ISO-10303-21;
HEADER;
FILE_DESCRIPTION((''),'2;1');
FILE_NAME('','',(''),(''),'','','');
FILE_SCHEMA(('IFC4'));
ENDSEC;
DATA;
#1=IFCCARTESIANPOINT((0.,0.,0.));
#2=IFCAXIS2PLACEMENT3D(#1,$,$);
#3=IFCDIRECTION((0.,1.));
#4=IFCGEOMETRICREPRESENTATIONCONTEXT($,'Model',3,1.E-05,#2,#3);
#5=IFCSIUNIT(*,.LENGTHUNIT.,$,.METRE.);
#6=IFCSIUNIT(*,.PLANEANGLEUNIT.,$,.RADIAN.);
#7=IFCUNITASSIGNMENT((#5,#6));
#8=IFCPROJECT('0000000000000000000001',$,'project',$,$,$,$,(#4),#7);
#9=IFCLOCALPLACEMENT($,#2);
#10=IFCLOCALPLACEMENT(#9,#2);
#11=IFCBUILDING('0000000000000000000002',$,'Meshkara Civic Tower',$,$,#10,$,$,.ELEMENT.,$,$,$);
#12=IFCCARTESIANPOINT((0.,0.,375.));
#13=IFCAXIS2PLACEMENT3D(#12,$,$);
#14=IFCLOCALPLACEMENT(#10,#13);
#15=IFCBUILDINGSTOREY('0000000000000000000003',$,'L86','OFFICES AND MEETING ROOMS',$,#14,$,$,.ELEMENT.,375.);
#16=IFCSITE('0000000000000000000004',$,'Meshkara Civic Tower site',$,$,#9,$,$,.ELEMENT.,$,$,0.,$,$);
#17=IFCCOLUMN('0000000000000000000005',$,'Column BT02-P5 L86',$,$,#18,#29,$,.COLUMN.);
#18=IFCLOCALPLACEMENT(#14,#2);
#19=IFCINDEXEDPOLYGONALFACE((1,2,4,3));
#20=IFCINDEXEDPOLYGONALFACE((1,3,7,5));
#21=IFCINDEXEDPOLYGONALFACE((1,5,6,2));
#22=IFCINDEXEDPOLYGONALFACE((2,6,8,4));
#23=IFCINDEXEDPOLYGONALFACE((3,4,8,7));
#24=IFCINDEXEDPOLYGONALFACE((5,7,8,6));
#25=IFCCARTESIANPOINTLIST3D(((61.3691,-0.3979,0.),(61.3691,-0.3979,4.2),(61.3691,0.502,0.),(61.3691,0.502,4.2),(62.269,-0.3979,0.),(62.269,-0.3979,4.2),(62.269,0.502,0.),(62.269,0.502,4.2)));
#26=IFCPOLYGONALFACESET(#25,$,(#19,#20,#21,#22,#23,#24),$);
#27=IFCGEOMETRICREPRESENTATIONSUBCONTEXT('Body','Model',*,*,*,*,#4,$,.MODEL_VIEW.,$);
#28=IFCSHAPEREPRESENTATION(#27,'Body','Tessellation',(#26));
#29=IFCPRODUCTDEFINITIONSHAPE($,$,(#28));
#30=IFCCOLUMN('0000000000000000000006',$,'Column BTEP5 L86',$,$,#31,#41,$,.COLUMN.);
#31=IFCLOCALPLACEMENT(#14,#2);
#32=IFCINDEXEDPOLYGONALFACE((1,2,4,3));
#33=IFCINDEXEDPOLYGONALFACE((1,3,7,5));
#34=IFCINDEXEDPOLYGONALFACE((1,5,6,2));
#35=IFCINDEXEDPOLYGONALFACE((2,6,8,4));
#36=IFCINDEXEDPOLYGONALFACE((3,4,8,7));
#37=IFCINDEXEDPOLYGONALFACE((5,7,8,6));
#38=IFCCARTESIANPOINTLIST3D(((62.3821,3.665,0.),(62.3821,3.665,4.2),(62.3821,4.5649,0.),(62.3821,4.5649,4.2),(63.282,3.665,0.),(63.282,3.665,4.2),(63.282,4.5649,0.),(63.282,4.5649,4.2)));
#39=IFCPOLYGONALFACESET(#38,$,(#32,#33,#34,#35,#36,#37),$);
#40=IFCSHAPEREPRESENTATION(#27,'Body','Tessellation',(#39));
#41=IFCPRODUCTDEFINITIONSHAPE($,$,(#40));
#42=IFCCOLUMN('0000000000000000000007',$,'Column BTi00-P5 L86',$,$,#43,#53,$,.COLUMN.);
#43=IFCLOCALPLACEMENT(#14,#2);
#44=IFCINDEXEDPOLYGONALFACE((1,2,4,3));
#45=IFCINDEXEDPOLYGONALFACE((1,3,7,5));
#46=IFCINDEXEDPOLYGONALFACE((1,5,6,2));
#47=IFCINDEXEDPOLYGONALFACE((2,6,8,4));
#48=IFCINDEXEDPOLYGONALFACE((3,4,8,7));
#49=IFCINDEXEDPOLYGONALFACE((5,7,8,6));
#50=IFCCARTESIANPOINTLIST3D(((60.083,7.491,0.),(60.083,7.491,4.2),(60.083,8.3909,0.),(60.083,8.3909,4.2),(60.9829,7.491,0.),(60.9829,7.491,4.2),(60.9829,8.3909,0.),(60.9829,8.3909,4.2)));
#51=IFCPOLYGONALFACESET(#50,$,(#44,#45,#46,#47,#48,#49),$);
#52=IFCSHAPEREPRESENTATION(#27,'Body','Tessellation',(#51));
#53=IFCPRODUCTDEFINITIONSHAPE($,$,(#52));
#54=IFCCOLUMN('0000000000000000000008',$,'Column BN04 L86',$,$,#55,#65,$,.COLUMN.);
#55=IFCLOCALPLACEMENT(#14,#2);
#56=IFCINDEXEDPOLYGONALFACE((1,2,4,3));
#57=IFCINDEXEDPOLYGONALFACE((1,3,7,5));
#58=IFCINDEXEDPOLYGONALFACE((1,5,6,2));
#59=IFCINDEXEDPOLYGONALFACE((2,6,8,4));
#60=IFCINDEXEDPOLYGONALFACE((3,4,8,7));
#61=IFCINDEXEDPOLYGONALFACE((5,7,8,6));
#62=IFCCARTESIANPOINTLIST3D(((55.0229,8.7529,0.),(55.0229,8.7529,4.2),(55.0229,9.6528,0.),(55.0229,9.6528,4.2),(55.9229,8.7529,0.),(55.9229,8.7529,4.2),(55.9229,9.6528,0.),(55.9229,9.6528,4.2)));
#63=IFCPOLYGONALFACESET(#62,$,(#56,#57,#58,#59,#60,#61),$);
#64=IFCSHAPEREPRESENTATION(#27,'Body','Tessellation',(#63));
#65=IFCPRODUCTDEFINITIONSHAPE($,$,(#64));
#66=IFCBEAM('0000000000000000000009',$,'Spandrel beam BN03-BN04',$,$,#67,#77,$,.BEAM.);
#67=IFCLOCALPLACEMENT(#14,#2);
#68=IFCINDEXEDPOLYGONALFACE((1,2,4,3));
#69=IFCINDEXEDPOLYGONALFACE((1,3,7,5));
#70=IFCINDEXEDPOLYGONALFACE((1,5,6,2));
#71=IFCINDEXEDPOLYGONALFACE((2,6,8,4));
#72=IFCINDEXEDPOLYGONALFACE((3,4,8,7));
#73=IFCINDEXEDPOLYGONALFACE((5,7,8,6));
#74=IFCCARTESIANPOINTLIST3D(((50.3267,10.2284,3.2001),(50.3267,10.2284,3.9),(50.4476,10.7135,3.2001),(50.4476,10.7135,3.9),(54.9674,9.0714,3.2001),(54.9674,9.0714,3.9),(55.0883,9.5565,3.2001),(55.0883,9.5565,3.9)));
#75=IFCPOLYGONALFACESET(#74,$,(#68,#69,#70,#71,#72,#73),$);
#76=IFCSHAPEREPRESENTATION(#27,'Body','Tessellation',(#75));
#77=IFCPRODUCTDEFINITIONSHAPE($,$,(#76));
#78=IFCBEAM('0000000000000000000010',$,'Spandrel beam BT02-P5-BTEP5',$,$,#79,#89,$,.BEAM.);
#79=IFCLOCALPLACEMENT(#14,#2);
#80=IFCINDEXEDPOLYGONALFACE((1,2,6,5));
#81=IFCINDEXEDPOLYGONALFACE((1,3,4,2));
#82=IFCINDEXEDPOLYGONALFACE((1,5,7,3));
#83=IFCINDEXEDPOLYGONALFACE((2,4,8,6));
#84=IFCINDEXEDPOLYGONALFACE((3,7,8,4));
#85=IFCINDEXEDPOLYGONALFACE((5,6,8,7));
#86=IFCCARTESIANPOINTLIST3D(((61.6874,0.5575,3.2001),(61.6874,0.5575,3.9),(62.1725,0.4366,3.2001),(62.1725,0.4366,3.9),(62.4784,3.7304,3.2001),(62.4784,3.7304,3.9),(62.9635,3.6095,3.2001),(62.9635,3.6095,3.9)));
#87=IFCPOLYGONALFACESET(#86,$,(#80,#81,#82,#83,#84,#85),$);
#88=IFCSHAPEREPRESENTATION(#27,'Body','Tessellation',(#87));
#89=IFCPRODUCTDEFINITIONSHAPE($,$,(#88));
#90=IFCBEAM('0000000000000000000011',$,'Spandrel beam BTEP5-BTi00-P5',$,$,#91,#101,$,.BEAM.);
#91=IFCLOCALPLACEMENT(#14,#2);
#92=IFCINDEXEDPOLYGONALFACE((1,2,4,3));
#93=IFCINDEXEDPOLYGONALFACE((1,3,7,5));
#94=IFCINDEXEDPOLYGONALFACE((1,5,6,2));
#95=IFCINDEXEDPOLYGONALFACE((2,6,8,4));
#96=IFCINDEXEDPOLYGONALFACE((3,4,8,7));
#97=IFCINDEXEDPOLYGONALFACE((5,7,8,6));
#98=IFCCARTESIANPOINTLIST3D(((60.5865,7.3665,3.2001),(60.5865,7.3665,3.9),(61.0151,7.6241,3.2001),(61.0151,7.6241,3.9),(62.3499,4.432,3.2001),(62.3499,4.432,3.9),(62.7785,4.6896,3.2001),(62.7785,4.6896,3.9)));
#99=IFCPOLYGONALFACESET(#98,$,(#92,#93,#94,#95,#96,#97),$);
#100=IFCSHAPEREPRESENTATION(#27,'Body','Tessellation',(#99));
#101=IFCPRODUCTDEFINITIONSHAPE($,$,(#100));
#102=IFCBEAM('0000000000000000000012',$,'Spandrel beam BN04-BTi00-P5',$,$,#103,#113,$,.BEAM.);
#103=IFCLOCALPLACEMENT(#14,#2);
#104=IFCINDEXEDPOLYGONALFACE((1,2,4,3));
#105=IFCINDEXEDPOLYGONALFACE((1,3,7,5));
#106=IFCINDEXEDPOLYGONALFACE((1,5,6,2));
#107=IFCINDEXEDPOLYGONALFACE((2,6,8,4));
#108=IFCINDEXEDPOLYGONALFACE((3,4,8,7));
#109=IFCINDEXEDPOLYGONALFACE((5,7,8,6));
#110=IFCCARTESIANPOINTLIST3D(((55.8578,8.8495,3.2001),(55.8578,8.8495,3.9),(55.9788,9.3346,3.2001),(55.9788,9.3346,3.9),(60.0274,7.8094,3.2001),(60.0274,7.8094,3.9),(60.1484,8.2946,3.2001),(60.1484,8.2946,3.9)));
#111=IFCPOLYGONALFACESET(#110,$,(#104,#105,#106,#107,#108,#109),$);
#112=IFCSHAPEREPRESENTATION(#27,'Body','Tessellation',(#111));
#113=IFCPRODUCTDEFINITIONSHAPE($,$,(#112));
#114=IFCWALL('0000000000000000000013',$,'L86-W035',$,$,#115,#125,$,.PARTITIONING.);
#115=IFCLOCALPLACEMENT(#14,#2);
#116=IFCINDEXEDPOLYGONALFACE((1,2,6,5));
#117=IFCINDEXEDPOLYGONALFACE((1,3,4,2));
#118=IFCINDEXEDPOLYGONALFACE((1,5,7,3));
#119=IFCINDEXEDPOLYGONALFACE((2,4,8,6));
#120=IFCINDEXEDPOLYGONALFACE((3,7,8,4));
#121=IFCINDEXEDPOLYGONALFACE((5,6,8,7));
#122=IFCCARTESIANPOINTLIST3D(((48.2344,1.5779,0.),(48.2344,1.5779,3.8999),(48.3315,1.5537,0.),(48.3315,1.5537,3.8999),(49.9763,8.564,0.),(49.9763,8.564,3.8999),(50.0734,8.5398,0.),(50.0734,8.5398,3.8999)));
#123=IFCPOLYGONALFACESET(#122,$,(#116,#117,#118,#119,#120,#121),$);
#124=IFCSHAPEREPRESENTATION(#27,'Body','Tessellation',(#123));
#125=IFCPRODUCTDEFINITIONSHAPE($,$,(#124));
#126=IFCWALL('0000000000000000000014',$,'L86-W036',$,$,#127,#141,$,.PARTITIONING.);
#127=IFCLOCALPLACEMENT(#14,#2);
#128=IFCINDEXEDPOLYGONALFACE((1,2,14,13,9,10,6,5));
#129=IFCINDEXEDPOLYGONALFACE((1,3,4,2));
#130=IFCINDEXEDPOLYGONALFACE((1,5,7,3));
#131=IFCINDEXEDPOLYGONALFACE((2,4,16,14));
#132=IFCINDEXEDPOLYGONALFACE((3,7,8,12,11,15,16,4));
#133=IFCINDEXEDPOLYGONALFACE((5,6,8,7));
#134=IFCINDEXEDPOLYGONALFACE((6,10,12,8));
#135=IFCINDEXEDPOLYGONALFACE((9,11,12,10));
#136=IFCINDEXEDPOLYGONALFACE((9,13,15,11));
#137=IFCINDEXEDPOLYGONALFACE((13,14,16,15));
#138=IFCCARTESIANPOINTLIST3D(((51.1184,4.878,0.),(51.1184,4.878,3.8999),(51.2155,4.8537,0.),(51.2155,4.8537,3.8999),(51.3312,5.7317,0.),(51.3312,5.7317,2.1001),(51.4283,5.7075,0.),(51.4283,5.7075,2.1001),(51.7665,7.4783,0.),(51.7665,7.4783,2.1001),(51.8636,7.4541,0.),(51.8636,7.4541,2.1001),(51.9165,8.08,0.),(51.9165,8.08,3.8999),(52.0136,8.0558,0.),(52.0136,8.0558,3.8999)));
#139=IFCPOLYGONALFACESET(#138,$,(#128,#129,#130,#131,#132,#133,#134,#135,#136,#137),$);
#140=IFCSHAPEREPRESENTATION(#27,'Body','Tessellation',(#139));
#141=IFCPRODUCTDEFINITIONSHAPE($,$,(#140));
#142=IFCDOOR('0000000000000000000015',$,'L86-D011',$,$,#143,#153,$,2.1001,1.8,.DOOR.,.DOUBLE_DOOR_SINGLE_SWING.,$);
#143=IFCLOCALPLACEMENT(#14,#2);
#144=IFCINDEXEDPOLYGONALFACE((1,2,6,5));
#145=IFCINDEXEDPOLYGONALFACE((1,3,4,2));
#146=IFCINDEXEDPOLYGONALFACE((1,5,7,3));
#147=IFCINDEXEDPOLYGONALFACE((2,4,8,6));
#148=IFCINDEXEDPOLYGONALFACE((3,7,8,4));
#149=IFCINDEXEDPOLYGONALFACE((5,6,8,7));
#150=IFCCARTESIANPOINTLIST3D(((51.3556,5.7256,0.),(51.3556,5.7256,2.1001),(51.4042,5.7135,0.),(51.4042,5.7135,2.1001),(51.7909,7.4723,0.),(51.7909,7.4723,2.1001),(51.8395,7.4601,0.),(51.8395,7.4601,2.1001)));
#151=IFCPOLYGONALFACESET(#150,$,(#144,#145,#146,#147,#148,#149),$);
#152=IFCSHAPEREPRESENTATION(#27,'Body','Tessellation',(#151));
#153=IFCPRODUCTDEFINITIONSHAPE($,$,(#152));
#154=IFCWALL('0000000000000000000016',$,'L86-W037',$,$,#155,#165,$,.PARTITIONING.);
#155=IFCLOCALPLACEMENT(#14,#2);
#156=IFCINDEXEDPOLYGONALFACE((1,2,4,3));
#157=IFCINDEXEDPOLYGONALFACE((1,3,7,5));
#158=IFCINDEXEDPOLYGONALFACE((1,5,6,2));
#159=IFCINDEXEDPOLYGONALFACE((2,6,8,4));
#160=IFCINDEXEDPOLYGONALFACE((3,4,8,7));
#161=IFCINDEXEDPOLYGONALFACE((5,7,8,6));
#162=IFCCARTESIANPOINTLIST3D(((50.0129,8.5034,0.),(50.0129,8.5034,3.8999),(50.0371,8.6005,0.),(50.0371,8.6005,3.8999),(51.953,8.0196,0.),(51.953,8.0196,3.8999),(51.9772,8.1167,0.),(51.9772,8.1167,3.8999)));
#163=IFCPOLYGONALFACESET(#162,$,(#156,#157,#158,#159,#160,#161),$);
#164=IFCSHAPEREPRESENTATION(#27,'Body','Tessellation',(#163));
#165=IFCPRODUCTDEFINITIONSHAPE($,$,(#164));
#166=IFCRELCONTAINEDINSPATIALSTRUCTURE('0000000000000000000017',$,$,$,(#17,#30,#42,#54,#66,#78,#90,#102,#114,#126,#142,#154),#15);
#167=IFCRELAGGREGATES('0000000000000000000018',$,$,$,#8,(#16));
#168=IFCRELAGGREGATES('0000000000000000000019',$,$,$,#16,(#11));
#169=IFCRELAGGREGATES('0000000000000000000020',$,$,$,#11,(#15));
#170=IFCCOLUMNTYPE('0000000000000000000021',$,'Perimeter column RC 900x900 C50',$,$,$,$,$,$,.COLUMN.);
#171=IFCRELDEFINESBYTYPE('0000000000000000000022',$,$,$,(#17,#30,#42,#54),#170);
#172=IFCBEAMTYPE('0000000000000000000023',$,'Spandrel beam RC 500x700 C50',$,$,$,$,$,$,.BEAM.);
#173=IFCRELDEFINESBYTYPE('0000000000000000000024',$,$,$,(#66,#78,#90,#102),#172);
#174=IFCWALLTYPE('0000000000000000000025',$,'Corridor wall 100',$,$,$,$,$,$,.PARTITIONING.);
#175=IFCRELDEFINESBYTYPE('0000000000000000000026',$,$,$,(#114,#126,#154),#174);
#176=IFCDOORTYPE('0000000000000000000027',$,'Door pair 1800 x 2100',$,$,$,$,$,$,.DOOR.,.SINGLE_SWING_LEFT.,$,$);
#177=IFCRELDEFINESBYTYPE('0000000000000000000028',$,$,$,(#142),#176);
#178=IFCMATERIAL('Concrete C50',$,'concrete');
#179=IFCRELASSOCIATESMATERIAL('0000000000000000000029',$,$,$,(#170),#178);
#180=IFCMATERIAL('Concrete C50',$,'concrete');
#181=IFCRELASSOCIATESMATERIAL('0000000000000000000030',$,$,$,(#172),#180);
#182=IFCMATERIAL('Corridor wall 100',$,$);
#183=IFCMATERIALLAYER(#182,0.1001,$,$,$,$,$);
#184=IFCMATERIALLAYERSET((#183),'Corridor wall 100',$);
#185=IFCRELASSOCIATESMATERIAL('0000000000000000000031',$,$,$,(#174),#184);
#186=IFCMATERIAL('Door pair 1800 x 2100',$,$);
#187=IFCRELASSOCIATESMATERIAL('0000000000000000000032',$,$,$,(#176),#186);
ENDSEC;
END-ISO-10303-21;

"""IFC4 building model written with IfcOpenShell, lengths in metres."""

from ifc_helpers import new_model, si_unit, direction, frame, frame_2d, origin, origin_2d, place, context, subcontext, project, spatial, rectangle, extrude, material, layer, layer_set, material_profile, profile_set, type_object, element, fill, save


model = new_model("IFC4")

# Units and contexts
model_context = context("Model", 3, precision=1e-05, world=origin(), true_north=direction((0.0, 1.0)))
body_context = subcontext(model_context, "Body", "Model", "MODEL_VIEW")
ifc_project = project(units=[si_unit("LENGTHUNIT", "METRE"), si_unit("PLANEANGLEUNIT", "RADIAN")], contexts=[model_context])

# Site, building, storey
site_placement = place(None, origin())
site = spatial("IfcSite", under=ifc_project, at=site_placement, Name="Meshkara Civic Tower site", CompositionType="ELEMENT", RefElevation=0.0)
building_placement = place(site_placement, origin())
building = spatial("IfcBuilding", under=site, at=building_placement, Name="Meshkara Civic Tower", CompositionType="ELEMENT")
storey_placement = place(building_placement, frame((0.0, 0.0, 375.0)))
storey = spatial("IfcBuildingStorey", under=building, at=storey_placement, Name="L86", Description="OFFICES AND MEETING ROOMS", CompositionType="ELEMENT", Elevation=375.0)

# Columns
ifc_material_1 = material(Name="Concrete C50", Category="concrete")
ifc_material_profile_1 = material_profile(ifc_material_1, rectangle(XDim=0.8999, YDim=0.8999, at=origin_2d()))
ifc_profile_set_1 = profile_set([ifc_material_profile_1], Name="Concrete C50")
column_type = type_object("IfcColumnType", Name="Perimeter column RC 900x900 C50", PredefinedType="COLUMN", material=ifc_profile_set_1)
for number, where, z_axis, x_axis, name in (
    (1, (61.8191, 0.052, 0.0), (0.0, 0.0, 1.0), (1.0, 0.0, 0.0), "Column BT02-P5 L86"),
    (2, (62.832, 4.115, 0.0), (0.0, 0.0, 1.0), (1.0, 0.0, 0.0), "Column BTEP5 L86"),
    (3, (60.533, 7.9409, 0.0), (0.0, 0.0, 1.0), (1.0, 0.0, 0.0), "Column BTi00-P5 L86"),
    (4, (55.4729, 9.2029, 0.0), (0.0, 0.0, 1.0), (1.0, 0.0, 0.0), "Column BN04 L86"),
):
    element("IfcColumn", number, at=place(storey_placement, frame(where, z_axis=z_axis, x_axis=x_axis)), inside=storey, type_object=column_type, Name=name, PredefinedType="COLUMN", context=body_context, shape_type="SweptSolid", body=[
        extrude(rectangle(XDim=0.8999, YDim=0.8999, at=origin_2d()), origin(), (0.0, 0.0, 1.0), 4.2),
    ])

# Beams
ifc_material_2 = material(Name="Concrete C50", Category="concrete")
ifc_material_profile_2 = material_profile(ifc_material_2, rectangle(XDim=0.5, YDim=0.7, at=origin_2d()))
ifc_profile_set_2 = profile_set([ifc_material_profile_2], Name="Concrete C50")
beam_type = type_object("IfcBeamType", Name="Spandrel beam RC 500x700 C50", PredefinedType="BEAM", material=ifc_profile_set_2)
beam_1_placement = place(storey_placement, frame((55.0278, 9.314, 3.55), z_axis=(-0.970298, 0.241911, 0.0), x_axis=(-0.241911, -0.970298, 0.0)))
element("IfcBeam", 5, at=beam_1_placement, inside=storey, type_object=beam_type, Name="Spandrel beam BN03-BN04", PredefinedType="BEAM", context=body_context, shape_type="SweptSolid", body=[
    extrude(rectangle(XDim=0.5, YDim=0.7, at=origin_2d()), origin(), (0.0, 0.0, 1.0), 4.7827),
])
beam_2_placement = place(storey_placement, frame((61.9299, 0.4971, 3.55), z_axis=(0.241903, 0.9703, 0.0), x_axis=(-0.9703, 0.241903, 0.0)))
element("IfcBeam", 6, at=beam_2_placement, inside=storey, type_object=beam_type, Name="Spandrel beam BT02-P5-BTEP5", PredefinedType="BEAM", context=body_context, shape_type="SweptSolid", body=[
    extrude(rectangle(XDim=0.5, YDim=0.7, at=origin_2d()), origin(), (0.0, 0.0, 1.0), 3.27),
])
beam_3_placement = place(storey_placement, frame((62.5642, 4.5608, 3.55), z_axis=(-0.515072, 0.857147, 0.0), x_axis=(-0.857147, -0.515072, 0.0)))
element("IfcBeam", 7, at=beam_3_placement, inside=storey, type_object=beam_type, Name="Spandrel beam BTEP5-BTi00-P5", PredefinedType="BEAM", context=body_context, shape_type="SweptSolid", body=[
    extrude(rectangle(XDim=0.5, YDim=0.7, at=origin_2d()), origin(), (0.0, 0.0, 1.0), 3.4236),
])
beam_4_placement = place(storey_placement, frame((60.0879, 8.052, 3.55), z_axis=(-0.970273, 0.242014, 0.0), x_axis=(-0.242014, -0.970273, 0.0)))
element("IfcBeam", 8, at=beam_4_placement, inside=storey, type_object=beam_type, Name="Spandrel beam BN04-BTi00-P5", PredefinedType="BEAM", context=body_context, shape_type="SweptSolid", body=[
    extrude(rectangle(XDim=0.5, YDim=0.7, at=origin_2d()), origin(), (0.0, 0.0, 1.0), 4.2974),
])

# Wall
ifc_material_3 = material(Name="Corridor wall 100")
ifc_layer_1 = layer(ifc_material_3, 0.1001)
ifc_layer_set_1 = layer_set([ifc_layer_1], Name="Corridor wall 100")
wall_type_1 = type_object("IfcWallType", Name="Corridor wall 100", PredefinedType="PARTITIONING", material=ifc_layer_set_1)
wall_1_placement = place(storey_placement, frame((50.0249, 8.552, 0.0), z_axis=(0.0, 0.0, 1.0), x_axis=(-0.241937, -0.970292, 0.0)))
element("IfcWall", 9, at=wall_1_placement, inside=storey, type_object=wall_type_1, Name="L86-W035", PredefinedType="PARTITIONING", context=body_context, shape_type="SweptSolid", body=[
    extrude(rectangle(XDim=7.2, YDim=0.1001, at=frame_2d((3.6001, 0.0))), origin(), (0.0, 0.0, 1.0), 3.8999),
])

# Wall, opening, door
wall_2_placement = place(storey_placement, frame((51.167, 4.866, 0.0), z_axis=(0.0, 0.0, 1.0), x_axis=(0.241839, 0.970316, 0.0)))
wall_2 = element("IfcWall", 10, at=wall_2_placement, inside=storey, type_object=wall_type_1, Name="L86-W036", PredefinedType="PARTITIONING", context=body_context, shape_type="SweptSolid", body=[
    extrude(rectangle(XDim=3.3, YDim=0.1001, at=frame_2d((1.6499, 0.0))), origin(), (0.0, 0.0, 1.0), 3.8999),
])
opening_1_placement = place(wall_2_placement, frame((0.8799, 0.0, 0.0)))
opening_1 = element("IfcOpeningElement", 11, at=opening_1_placement, cuts=wall_2, PredefinedType="OPENING", context=body_context, shape_type="SweptSolid", body=[
    extrude(rectangle(XDim=1.8, YDim=2.1001, at=frame_2d((0.8999, 1.05))), frame((0.0, 0.0601, 0.0), z_axis=(0.0, -1.0, 0.0), x_axis=(1.0, 0.0, 0.0)), (0.0, 0.0, 1.0), 0.1201),
])
ifc_material_4 = material(Name="Door pair 1800 x 2100")
door_type = type_object("IfcDoorType", Name="Door pair 1800 x 2100", OperationType="SINGLE_SWING_LEFT", PredefinedType="DOOR", material=ifc_material_4)
door_placement = place(opening_1_placement, origin())
door = element("IfcDoor", 12, at=door_placement, inside=storey, type_object=door_type, Name="L86-D011", OperationType="DOUBLE_DOOR_SINGLE_SWING", OverallHeight=2.1001, OverallWidth=1.8, PredefinedType="DOOR", context=body_context, shape_type="SweptSolid", body=[
    extrude(rectangle(XDim=1.8, YDim=2.1001, at=frame_2d((0.8999, 1.05))), frame((0.0, 0.0249, 0.0), z_axis=(0.0, -1.0, 0.0), x_axis=(1.0, 0.0, 0.0)), (0.0, 0.0, 1.0), 0.05),
])
fill(opening_1, door)

# Wall
wall_3_placement = place(storey_placement, frame((51.9651, 8.0681, 0.0), z_axis=(0.0, 0.0, 1.0), x_axis=(-0.970279, 0.24199, 0.0)))
element("IfcWall", 13, at=wall_3_placement, inside=storey, type_object=wall_type_1, Name="L86-W037", PredefinedType="PARTITIONING", context=body_context, shape_type="SweptSolid", body=[
    extrude(rectangle(XDim=1.9995, YDim=0.1001, at=frame_2d((0.9998, 0.0))), origin(), (0.0, 0.0, 1.0), 3.8999),
])

save(model, "model.ifc")
